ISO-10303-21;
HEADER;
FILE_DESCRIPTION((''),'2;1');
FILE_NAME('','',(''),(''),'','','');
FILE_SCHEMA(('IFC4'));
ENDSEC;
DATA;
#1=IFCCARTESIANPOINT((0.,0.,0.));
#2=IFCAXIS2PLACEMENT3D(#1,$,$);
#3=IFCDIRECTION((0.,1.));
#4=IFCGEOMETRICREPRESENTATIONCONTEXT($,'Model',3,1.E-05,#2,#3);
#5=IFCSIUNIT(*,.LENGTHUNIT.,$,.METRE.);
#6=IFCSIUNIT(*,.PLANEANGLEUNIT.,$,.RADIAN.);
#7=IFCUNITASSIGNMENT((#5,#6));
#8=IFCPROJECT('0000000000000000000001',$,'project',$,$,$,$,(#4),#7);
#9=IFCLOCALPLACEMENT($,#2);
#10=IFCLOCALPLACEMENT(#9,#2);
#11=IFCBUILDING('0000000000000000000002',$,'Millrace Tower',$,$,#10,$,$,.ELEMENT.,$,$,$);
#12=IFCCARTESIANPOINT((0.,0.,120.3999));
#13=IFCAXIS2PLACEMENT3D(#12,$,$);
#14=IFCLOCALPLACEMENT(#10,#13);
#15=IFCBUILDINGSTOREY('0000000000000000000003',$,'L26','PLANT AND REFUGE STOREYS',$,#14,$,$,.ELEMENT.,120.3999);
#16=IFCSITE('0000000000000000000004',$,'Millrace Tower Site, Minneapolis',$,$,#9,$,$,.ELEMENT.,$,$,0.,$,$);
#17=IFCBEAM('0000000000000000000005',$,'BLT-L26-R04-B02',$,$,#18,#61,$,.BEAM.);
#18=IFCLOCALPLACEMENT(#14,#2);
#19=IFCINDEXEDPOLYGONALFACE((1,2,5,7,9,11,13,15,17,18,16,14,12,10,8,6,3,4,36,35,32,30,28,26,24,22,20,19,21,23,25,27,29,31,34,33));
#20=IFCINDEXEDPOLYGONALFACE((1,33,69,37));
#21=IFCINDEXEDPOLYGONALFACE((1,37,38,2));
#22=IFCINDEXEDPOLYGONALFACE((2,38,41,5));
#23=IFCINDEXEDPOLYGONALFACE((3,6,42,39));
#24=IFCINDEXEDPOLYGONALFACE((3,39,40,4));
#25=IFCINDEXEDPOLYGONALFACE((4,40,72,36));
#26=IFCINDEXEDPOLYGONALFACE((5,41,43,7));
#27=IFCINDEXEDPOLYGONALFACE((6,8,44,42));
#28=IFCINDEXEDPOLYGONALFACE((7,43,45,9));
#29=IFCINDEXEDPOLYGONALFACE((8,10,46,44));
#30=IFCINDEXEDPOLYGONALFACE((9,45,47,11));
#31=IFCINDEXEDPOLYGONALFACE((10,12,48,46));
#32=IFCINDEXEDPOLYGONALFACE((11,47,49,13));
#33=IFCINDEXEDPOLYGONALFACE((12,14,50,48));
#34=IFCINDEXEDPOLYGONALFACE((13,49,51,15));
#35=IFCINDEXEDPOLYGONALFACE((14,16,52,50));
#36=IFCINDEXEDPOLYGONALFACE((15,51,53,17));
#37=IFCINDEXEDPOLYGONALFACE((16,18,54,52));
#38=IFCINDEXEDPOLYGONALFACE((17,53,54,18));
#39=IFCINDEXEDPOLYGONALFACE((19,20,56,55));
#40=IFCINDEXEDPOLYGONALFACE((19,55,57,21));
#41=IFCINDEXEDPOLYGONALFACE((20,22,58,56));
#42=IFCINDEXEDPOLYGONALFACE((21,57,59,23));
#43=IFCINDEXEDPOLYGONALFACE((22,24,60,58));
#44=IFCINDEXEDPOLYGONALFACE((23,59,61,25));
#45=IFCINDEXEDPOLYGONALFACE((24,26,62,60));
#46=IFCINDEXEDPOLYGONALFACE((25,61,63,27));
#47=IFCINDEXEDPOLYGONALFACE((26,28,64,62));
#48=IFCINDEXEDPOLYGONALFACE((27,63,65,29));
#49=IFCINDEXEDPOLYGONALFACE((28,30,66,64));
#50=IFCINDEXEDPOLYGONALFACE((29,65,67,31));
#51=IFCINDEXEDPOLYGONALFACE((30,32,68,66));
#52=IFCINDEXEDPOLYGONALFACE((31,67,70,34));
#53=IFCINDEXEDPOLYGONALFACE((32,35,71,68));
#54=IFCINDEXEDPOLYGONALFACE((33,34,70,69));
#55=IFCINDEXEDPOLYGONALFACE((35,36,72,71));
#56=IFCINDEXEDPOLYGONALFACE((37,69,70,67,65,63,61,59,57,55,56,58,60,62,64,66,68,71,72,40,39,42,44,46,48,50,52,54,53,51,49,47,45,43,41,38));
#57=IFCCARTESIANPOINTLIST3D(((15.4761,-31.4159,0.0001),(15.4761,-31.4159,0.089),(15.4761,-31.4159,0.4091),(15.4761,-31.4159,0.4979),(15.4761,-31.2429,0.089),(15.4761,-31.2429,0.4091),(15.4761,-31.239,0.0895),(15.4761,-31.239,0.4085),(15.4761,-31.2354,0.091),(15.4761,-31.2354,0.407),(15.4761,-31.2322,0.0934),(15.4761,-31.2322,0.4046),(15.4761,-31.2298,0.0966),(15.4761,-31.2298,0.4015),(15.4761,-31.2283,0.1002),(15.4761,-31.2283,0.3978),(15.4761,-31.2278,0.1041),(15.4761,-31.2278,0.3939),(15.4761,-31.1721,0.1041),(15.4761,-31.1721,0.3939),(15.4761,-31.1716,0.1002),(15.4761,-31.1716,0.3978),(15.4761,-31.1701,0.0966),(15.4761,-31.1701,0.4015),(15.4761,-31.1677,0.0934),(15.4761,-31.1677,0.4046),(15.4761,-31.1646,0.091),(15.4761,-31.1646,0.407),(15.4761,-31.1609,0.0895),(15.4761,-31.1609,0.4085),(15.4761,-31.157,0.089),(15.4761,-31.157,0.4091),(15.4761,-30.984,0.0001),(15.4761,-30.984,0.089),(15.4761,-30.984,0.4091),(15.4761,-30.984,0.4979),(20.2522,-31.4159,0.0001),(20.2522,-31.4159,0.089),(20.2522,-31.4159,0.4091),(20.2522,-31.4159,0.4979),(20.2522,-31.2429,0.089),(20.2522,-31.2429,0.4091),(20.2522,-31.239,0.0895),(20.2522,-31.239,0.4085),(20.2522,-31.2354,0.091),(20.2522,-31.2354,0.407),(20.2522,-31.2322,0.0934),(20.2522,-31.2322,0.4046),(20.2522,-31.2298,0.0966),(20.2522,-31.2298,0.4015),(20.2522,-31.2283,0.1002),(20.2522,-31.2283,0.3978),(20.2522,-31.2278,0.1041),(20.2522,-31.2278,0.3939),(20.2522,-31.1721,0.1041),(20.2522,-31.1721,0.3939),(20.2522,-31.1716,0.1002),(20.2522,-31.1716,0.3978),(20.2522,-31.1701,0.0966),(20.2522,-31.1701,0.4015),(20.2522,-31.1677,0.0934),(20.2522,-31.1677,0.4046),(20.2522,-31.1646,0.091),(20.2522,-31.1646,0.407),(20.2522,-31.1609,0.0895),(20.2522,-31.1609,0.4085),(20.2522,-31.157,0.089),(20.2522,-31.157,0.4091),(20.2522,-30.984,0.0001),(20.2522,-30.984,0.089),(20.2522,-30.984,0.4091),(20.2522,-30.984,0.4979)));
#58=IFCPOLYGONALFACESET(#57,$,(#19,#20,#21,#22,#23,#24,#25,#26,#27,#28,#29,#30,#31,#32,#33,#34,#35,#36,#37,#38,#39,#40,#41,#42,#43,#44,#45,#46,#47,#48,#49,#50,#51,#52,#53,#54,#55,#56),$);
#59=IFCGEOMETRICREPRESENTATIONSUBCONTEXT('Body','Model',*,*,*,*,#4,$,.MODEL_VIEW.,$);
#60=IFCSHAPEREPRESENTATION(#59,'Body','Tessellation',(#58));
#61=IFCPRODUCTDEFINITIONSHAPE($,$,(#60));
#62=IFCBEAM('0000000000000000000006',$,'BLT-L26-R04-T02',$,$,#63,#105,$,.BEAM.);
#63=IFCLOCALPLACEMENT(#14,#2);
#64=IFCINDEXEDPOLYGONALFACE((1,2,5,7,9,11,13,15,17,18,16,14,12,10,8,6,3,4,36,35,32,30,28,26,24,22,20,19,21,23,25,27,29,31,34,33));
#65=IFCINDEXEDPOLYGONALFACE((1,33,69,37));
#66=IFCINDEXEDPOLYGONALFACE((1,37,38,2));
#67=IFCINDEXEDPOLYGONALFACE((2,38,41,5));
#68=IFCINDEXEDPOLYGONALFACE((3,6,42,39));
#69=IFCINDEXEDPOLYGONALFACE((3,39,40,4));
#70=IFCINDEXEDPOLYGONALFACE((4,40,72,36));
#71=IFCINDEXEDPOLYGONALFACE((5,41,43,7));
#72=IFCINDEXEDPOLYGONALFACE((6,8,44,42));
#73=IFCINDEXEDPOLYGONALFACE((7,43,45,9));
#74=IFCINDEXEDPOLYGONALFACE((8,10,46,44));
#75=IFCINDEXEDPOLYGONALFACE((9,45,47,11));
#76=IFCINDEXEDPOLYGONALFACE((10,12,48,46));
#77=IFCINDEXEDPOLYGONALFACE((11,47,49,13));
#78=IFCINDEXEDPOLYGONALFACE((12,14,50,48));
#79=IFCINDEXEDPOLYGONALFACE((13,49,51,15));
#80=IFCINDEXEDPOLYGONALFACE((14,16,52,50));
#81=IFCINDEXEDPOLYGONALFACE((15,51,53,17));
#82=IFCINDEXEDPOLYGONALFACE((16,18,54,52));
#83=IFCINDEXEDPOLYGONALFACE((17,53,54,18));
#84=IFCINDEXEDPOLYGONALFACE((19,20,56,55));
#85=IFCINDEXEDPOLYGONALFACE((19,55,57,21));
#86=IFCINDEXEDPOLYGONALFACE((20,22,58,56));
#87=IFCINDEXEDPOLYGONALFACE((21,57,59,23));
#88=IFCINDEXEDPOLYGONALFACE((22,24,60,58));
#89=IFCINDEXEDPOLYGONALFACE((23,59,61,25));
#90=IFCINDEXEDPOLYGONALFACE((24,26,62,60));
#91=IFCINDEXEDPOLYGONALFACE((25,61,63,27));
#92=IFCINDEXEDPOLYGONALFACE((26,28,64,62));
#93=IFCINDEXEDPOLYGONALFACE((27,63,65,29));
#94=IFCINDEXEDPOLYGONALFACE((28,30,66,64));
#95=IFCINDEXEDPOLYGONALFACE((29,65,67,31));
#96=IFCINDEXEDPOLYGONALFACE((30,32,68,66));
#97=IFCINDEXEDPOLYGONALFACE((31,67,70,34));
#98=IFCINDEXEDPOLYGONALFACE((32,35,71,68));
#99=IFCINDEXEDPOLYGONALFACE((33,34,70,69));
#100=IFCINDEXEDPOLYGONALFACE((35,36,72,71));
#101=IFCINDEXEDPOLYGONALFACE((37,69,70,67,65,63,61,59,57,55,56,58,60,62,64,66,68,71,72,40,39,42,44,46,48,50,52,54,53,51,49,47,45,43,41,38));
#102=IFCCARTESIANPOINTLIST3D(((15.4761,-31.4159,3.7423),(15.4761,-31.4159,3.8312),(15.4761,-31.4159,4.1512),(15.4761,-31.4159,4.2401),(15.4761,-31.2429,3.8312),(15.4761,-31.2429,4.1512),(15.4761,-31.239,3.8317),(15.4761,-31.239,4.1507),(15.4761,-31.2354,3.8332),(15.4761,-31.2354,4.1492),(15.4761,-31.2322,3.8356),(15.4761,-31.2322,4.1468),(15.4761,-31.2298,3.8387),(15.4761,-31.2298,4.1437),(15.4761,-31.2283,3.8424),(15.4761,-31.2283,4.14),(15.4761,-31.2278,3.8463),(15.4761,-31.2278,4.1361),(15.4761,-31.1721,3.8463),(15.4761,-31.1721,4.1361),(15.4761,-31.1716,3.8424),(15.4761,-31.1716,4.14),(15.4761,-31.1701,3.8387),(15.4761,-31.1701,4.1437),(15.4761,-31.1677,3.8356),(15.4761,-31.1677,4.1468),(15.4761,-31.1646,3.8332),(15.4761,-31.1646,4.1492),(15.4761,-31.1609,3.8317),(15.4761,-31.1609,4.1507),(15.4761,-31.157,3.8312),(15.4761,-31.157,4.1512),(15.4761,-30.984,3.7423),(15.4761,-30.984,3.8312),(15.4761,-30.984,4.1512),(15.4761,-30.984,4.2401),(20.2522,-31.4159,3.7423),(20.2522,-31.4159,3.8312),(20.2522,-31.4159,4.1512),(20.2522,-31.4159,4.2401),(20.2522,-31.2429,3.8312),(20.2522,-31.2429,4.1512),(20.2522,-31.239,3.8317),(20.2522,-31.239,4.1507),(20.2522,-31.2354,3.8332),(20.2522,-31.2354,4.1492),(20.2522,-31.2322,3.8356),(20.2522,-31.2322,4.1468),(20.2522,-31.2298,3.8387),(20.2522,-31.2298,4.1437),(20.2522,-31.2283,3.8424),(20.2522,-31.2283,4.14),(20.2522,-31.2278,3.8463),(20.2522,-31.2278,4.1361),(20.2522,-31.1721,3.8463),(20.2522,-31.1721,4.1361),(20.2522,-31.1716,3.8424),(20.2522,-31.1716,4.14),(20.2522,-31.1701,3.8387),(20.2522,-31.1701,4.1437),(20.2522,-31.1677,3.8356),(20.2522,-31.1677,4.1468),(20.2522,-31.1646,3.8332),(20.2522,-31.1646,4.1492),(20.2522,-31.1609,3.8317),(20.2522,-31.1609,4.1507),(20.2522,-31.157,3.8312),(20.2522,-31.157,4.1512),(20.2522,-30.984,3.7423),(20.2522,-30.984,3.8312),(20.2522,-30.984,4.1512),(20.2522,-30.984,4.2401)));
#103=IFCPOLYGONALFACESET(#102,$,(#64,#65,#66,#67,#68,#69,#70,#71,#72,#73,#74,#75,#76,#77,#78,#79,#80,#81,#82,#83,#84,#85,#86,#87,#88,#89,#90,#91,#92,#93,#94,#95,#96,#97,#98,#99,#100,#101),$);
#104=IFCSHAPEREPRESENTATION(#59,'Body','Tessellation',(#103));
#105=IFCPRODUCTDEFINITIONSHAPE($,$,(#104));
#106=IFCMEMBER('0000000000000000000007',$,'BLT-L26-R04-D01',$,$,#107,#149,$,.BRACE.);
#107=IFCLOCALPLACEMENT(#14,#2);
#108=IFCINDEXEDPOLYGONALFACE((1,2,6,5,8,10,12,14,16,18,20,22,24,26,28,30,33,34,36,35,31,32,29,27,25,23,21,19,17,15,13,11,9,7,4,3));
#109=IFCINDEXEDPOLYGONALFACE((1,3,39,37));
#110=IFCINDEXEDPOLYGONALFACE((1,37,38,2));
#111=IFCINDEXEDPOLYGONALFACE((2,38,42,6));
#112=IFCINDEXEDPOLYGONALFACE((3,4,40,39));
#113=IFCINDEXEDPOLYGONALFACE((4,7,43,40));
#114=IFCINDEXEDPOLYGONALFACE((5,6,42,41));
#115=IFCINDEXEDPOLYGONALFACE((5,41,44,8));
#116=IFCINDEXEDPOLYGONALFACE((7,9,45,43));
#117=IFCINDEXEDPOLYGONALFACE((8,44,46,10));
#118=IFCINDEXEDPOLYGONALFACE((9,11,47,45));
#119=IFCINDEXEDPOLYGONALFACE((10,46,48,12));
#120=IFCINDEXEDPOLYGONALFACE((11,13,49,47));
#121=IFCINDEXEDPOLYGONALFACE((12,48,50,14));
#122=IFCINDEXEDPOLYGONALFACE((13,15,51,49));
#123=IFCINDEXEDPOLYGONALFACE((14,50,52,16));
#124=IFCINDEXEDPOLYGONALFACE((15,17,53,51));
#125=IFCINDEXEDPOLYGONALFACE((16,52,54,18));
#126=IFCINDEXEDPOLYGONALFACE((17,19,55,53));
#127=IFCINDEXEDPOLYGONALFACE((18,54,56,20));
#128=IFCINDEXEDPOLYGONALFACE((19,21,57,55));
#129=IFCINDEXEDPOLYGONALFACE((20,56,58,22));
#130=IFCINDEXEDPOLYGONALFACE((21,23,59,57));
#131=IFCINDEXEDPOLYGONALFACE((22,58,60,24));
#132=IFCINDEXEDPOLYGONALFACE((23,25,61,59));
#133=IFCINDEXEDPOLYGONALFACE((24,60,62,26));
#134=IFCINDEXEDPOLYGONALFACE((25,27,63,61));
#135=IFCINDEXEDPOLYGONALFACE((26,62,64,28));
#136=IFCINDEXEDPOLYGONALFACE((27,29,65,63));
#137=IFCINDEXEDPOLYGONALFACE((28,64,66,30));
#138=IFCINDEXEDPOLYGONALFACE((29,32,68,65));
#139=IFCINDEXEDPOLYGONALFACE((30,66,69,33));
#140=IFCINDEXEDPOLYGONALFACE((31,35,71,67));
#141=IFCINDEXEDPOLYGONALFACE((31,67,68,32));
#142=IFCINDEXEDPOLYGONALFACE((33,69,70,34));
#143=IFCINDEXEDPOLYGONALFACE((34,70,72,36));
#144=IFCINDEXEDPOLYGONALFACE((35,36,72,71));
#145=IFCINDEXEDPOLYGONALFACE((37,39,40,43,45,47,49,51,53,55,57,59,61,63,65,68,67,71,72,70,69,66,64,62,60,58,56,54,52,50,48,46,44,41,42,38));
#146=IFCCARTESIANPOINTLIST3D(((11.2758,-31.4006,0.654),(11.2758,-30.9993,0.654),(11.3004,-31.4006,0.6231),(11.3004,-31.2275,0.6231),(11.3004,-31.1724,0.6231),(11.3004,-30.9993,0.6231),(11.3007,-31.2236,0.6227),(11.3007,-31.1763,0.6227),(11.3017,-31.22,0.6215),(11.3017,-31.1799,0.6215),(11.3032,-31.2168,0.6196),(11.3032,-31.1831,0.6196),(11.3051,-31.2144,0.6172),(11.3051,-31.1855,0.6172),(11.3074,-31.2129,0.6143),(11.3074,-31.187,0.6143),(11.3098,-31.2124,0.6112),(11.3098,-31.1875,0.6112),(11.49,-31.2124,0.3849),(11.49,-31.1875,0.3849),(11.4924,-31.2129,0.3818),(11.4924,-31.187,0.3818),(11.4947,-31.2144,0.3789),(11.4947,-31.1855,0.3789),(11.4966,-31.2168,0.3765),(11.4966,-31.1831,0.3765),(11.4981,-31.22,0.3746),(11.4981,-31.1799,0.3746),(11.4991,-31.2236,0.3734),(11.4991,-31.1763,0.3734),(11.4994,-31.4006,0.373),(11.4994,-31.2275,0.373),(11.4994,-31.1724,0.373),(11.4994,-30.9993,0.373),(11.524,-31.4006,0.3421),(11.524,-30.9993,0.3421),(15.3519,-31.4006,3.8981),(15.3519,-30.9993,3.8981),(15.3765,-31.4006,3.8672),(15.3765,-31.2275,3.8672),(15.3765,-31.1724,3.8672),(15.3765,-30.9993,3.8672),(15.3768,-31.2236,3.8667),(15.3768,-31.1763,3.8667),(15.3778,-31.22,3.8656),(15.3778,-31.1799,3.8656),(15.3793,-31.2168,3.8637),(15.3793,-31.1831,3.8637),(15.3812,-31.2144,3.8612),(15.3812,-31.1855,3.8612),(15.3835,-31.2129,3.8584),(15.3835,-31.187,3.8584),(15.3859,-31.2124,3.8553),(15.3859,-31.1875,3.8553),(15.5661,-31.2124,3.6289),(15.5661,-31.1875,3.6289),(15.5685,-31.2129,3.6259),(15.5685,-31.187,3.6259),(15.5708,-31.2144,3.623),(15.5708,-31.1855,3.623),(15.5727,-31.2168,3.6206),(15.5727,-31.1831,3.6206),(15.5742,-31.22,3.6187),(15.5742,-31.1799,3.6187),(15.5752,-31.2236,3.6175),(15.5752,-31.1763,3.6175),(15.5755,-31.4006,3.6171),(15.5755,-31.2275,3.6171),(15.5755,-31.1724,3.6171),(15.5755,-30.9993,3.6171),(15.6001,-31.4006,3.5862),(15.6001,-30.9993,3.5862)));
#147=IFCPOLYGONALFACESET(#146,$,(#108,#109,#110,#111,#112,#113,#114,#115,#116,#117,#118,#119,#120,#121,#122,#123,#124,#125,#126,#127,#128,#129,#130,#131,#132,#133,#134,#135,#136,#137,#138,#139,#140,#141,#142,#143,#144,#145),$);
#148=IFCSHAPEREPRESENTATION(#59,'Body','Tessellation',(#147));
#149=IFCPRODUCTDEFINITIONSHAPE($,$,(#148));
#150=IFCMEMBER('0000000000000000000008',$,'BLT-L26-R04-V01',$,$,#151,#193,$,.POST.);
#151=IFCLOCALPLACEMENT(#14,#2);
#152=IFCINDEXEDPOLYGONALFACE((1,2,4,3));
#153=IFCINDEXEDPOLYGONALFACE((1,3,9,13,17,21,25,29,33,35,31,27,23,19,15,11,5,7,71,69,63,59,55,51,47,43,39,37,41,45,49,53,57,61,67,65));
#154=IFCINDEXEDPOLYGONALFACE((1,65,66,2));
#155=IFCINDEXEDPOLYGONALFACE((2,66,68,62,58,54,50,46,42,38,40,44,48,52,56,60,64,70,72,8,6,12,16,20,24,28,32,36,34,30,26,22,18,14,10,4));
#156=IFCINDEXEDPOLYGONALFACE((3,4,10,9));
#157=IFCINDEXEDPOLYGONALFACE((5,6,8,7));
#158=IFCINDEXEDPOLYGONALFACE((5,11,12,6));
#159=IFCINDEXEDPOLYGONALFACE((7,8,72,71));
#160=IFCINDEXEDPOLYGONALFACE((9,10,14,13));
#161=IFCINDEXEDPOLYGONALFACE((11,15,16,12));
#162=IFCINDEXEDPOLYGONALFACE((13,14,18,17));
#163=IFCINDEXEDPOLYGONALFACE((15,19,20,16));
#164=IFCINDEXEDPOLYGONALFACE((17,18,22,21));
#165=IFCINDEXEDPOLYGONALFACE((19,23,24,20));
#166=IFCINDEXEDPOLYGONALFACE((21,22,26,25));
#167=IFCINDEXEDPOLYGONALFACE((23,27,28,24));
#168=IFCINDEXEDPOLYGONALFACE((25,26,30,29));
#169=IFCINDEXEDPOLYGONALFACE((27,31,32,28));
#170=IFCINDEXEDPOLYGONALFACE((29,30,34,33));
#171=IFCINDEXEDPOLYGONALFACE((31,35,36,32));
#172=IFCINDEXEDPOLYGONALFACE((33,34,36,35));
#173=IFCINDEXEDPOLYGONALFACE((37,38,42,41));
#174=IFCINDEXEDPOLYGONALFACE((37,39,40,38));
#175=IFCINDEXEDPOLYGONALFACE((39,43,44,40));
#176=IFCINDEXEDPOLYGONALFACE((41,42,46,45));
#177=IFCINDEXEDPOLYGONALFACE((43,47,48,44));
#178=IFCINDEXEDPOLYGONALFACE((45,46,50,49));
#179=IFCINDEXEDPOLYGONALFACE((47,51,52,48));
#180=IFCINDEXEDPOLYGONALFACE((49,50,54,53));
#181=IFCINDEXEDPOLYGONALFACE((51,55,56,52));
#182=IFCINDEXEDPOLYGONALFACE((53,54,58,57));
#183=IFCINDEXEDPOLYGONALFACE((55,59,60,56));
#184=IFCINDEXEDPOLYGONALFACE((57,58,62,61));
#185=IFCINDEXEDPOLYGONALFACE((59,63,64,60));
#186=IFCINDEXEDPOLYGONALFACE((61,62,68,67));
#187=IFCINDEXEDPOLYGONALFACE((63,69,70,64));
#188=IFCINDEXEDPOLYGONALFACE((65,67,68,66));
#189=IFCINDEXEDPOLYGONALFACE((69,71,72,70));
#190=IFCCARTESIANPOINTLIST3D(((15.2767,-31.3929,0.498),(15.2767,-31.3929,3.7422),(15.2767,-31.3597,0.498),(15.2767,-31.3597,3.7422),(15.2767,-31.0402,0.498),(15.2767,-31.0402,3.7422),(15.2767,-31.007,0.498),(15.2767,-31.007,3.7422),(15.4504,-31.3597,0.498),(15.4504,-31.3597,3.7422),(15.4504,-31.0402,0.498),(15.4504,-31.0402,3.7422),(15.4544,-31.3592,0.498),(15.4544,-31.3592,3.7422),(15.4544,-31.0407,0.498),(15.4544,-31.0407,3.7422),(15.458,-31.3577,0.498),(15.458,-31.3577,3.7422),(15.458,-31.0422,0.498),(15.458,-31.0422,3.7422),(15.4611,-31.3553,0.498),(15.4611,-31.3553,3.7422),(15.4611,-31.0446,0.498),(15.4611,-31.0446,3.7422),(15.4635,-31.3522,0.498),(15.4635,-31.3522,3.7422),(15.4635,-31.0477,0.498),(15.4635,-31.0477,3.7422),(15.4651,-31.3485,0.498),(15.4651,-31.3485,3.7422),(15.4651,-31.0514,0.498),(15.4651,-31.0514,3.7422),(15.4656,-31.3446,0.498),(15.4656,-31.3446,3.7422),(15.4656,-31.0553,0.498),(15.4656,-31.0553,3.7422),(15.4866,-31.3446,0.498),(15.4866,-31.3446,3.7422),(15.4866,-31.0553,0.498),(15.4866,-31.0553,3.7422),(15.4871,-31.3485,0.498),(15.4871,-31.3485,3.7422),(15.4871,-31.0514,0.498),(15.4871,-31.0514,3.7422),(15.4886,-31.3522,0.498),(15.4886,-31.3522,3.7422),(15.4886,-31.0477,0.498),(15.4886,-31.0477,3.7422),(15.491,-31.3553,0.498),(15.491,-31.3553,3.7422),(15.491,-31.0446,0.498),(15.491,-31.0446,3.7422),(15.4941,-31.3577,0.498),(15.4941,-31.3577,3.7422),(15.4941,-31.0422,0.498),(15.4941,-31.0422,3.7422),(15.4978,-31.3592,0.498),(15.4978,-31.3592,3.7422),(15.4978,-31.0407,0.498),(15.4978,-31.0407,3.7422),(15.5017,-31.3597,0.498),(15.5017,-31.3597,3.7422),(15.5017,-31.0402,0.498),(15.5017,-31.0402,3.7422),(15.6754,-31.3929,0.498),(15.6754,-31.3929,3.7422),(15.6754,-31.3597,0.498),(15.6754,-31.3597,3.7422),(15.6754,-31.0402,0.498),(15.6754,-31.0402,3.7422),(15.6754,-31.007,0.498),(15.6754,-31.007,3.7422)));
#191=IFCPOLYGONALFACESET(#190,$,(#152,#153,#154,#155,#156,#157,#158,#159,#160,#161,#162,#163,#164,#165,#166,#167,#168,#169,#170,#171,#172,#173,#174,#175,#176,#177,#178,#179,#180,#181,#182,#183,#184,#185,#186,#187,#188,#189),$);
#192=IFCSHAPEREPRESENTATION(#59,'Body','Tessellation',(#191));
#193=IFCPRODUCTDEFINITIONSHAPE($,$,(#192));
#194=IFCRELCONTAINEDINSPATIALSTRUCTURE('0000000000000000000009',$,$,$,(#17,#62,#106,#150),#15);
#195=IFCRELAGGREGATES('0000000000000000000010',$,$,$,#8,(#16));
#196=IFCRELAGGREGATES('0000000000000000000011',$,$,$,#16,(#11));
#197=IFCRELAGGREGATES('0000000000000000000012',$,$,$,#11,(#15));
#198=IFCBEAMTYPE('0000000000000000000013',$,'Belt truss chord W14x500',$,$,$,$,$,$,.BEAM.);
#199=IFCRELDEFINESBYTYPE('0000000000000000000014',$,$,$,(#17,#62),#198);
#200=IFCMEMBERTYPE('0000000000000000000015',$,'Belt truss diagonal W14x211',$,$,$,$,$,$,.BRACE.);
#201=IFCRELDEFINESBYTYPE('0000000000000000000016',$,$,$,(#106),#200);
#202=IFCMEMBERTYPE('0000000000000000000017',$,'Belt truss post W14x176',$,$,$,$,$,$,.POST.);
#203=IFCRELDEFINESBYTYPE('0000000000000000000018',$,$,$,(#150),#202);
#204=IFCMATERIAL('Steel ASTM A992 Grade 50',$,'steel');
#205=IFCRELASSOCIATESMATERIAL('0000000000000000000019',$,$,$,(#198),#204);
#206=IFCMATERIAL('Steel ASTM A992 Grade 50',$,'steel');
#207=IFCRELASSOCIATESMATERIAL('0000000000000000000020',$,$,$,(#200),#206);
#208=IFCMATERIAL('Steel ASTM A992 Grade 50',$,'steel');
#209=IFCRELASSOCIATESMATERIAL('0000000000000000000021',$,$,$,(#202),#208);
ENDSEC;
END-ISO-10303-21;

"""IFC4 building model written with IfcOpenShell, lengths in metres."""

from ifc_helpers import new_model, si_unit, direction, frame, origin, origin_2d, place, context, subcontext, project, spatial, i_section, extrude, material, material_profile, profile_set, type_object, element, save


model = new_model("IFC4")

# Units and contexts
model_context = context("Model", 3, precision=1e-05, world=origin(), true_north=direction((0.0, 1.0)))
body_context = subcontext(model_context, "Body", "Model", "MODEL_VIEW")
ifc_project = project(units=[si_unit("LENGTHUNIT", "METRE"), si_unit("PLANEANGLEUNIT", "RADIAN")], contexts=[model_context])

# Site, building, storey
site_placement = place(None, origin())
site = spatial("IfcSite", under=ifc_project, at=site_placement, Name="Millrace Tower Site, Minneapolis", CompositionType="ELEMENT", RefElevation=0.0)
building_placement = place(site_placement, origin())
building = spatial("IfcBuilding", under=site, at=building_placement, Name="Millrace Tower", CompositionType="ELEMENT")
storey_placement = place(building_placement, frame((0.0, 0.0, 120.3999)))
storey = spatial("IfcBuildingStorey", under=building, at=storey_placement, Name="L26", Description="PLANT AND REFUGE STOREYS", CompositionType="ELEMENT", Elevation=120.3999)

# Beams
ifc_material_1 = material(Name="Steel ASTM A992 Grade 50", Category="steel")
ifc_material_profile_1 = material_profile(ifc_material_1, i_section(OverallWidth=0.4319, OverallDepth=0.4978, WebThickness=0.0557, FlangeThickness=0.0889, FilletRadius=0.0151, at=origin_2d()))
ifc_profile_set_1 = profile_set([ifc_material_profile_1], Name="Steel ASTM A992 Grade 50")
beam_type_1 = type_object("IfcBeamType", Name="Belt truss chord W14x500", PredefinedType="BEAM", material=ifc_profile_set_1)
for number, where, z_axis, x_axis, name in (
    (1, (15.4761, -31.2, 0.249), (1.0, 0.0, 0.0), (0.0, 1.0, 0.0), "BLT-L26-R04-B02"),
    (2, (15.4761, -31.2, 3.9912), (1.0, 0.0, 0.0), (0.0, 1.0, 0.0), "BLT-L26-R04-T02"),
):
    element("IfcBeam", number, at=place(storey_placement, frame(where, z_axis=z_axis, x_axis=x_axis)), inside=storey, type_object=beam_type_1, Name=name, PredefinedType="BEAM", context=body_context, shape_type="SweptSolid", body=[
        extrude(i_section(OverallWidth=0.4319, OverallDepth=0.4978, WebThickness=0.0557, FlangeThickness=0.0889, FilletRadius=0.0151, at=origin_2d()), origin(), (0.0, 0.0, 1.0), 4.7761),
    ])

# Members
ifc_material_2 = material(Name="Steel ASTM A992 Grade 50", Category="steel")
ifc_material_profile_2 = material_profile(ifc_material_2, i_section(OverallWidth=0.4014, OverallDepth=0.3987, WebThickness=0.0249, FlangeThickness=0.0396, FilletRadius=0.0151, at=origin_2d()))
ifc_profile_set_2 = profile_set([ifc_material_profile_2], Name="Steel ASTM A992 Grade 50")
member_type_1 = type_object("IfcMemberType", Name="Belt truss diagonal W14x211", PredefinedType="BRACE", material=ifc_profile_set_2)
member_1_placement = place(storey_placement, frame((11.3999, -31.2, 0.498), z_axis=(0.782439, 0.0, 0.622727), x_axis=(0.0, 1.0, 0.0)))
element("IfcMember", 3, at=member_1_placement, inside=storey, type_object=member_type_1, Name="BLT-L26-R04-D01", PredefinedType="BRACE", context=body_context, shape_type="SweptSolid", body=[
    extrude(i_section(OverallWidth=0.4014, OverallDepth=0.3987, WebThickness=0.0249, FlangeThickness=0.0396, FilletRadius=0.0151, at=origin_2d()), origin(), (0.0, 0.0, 1.0), 5.2095),
])
ifc_material_3 = material(Name="Steel ASTM A992 Grade 50", Category="steel")
ifc_material_profile_3 = material_profile(ifc_material_3, i_section(OverallWidth=0.3987, OverallDepth=0.386, WebThickness=0.021, FlangeThickness=0.0332, FilletRadius=0.0151, at=origin_2d()))
ifc_profile_set_3 = profile_set([ifc_material_profile_3], Name="Steel ASTM A992 Grade 50")
member_type_2 = type_object("IfcMemberType", Name="Belt truss post W14x176", PredefinedType="POST", material=ifc_profile_set_3)
member_2_placement = place(storey_placement, frame((15.4761, -31.2, 0.498), z_axis=(0.0, 0.0, 1.0), x_axis=(1.0, 0.0, 0.0)))
element("IfcMember", 4, at=member_2_placement, inside=storey, type_object=member_type_2, Name="BLT-L26-R04-V01", PredefinedType="POST", context=body_context, shape_type="SweptSolid", body=[
    extrude(i_section(OverallWidth=0.3987, OverallDepth=0.386, WebThickness=0.021, FlangeThickness=0.0332, FilletRadius=0.0151, at=origin_2d()), origin(), (0.0, 0.0, 1.0), 3.2441),
])

save(model, "model.ifc")
